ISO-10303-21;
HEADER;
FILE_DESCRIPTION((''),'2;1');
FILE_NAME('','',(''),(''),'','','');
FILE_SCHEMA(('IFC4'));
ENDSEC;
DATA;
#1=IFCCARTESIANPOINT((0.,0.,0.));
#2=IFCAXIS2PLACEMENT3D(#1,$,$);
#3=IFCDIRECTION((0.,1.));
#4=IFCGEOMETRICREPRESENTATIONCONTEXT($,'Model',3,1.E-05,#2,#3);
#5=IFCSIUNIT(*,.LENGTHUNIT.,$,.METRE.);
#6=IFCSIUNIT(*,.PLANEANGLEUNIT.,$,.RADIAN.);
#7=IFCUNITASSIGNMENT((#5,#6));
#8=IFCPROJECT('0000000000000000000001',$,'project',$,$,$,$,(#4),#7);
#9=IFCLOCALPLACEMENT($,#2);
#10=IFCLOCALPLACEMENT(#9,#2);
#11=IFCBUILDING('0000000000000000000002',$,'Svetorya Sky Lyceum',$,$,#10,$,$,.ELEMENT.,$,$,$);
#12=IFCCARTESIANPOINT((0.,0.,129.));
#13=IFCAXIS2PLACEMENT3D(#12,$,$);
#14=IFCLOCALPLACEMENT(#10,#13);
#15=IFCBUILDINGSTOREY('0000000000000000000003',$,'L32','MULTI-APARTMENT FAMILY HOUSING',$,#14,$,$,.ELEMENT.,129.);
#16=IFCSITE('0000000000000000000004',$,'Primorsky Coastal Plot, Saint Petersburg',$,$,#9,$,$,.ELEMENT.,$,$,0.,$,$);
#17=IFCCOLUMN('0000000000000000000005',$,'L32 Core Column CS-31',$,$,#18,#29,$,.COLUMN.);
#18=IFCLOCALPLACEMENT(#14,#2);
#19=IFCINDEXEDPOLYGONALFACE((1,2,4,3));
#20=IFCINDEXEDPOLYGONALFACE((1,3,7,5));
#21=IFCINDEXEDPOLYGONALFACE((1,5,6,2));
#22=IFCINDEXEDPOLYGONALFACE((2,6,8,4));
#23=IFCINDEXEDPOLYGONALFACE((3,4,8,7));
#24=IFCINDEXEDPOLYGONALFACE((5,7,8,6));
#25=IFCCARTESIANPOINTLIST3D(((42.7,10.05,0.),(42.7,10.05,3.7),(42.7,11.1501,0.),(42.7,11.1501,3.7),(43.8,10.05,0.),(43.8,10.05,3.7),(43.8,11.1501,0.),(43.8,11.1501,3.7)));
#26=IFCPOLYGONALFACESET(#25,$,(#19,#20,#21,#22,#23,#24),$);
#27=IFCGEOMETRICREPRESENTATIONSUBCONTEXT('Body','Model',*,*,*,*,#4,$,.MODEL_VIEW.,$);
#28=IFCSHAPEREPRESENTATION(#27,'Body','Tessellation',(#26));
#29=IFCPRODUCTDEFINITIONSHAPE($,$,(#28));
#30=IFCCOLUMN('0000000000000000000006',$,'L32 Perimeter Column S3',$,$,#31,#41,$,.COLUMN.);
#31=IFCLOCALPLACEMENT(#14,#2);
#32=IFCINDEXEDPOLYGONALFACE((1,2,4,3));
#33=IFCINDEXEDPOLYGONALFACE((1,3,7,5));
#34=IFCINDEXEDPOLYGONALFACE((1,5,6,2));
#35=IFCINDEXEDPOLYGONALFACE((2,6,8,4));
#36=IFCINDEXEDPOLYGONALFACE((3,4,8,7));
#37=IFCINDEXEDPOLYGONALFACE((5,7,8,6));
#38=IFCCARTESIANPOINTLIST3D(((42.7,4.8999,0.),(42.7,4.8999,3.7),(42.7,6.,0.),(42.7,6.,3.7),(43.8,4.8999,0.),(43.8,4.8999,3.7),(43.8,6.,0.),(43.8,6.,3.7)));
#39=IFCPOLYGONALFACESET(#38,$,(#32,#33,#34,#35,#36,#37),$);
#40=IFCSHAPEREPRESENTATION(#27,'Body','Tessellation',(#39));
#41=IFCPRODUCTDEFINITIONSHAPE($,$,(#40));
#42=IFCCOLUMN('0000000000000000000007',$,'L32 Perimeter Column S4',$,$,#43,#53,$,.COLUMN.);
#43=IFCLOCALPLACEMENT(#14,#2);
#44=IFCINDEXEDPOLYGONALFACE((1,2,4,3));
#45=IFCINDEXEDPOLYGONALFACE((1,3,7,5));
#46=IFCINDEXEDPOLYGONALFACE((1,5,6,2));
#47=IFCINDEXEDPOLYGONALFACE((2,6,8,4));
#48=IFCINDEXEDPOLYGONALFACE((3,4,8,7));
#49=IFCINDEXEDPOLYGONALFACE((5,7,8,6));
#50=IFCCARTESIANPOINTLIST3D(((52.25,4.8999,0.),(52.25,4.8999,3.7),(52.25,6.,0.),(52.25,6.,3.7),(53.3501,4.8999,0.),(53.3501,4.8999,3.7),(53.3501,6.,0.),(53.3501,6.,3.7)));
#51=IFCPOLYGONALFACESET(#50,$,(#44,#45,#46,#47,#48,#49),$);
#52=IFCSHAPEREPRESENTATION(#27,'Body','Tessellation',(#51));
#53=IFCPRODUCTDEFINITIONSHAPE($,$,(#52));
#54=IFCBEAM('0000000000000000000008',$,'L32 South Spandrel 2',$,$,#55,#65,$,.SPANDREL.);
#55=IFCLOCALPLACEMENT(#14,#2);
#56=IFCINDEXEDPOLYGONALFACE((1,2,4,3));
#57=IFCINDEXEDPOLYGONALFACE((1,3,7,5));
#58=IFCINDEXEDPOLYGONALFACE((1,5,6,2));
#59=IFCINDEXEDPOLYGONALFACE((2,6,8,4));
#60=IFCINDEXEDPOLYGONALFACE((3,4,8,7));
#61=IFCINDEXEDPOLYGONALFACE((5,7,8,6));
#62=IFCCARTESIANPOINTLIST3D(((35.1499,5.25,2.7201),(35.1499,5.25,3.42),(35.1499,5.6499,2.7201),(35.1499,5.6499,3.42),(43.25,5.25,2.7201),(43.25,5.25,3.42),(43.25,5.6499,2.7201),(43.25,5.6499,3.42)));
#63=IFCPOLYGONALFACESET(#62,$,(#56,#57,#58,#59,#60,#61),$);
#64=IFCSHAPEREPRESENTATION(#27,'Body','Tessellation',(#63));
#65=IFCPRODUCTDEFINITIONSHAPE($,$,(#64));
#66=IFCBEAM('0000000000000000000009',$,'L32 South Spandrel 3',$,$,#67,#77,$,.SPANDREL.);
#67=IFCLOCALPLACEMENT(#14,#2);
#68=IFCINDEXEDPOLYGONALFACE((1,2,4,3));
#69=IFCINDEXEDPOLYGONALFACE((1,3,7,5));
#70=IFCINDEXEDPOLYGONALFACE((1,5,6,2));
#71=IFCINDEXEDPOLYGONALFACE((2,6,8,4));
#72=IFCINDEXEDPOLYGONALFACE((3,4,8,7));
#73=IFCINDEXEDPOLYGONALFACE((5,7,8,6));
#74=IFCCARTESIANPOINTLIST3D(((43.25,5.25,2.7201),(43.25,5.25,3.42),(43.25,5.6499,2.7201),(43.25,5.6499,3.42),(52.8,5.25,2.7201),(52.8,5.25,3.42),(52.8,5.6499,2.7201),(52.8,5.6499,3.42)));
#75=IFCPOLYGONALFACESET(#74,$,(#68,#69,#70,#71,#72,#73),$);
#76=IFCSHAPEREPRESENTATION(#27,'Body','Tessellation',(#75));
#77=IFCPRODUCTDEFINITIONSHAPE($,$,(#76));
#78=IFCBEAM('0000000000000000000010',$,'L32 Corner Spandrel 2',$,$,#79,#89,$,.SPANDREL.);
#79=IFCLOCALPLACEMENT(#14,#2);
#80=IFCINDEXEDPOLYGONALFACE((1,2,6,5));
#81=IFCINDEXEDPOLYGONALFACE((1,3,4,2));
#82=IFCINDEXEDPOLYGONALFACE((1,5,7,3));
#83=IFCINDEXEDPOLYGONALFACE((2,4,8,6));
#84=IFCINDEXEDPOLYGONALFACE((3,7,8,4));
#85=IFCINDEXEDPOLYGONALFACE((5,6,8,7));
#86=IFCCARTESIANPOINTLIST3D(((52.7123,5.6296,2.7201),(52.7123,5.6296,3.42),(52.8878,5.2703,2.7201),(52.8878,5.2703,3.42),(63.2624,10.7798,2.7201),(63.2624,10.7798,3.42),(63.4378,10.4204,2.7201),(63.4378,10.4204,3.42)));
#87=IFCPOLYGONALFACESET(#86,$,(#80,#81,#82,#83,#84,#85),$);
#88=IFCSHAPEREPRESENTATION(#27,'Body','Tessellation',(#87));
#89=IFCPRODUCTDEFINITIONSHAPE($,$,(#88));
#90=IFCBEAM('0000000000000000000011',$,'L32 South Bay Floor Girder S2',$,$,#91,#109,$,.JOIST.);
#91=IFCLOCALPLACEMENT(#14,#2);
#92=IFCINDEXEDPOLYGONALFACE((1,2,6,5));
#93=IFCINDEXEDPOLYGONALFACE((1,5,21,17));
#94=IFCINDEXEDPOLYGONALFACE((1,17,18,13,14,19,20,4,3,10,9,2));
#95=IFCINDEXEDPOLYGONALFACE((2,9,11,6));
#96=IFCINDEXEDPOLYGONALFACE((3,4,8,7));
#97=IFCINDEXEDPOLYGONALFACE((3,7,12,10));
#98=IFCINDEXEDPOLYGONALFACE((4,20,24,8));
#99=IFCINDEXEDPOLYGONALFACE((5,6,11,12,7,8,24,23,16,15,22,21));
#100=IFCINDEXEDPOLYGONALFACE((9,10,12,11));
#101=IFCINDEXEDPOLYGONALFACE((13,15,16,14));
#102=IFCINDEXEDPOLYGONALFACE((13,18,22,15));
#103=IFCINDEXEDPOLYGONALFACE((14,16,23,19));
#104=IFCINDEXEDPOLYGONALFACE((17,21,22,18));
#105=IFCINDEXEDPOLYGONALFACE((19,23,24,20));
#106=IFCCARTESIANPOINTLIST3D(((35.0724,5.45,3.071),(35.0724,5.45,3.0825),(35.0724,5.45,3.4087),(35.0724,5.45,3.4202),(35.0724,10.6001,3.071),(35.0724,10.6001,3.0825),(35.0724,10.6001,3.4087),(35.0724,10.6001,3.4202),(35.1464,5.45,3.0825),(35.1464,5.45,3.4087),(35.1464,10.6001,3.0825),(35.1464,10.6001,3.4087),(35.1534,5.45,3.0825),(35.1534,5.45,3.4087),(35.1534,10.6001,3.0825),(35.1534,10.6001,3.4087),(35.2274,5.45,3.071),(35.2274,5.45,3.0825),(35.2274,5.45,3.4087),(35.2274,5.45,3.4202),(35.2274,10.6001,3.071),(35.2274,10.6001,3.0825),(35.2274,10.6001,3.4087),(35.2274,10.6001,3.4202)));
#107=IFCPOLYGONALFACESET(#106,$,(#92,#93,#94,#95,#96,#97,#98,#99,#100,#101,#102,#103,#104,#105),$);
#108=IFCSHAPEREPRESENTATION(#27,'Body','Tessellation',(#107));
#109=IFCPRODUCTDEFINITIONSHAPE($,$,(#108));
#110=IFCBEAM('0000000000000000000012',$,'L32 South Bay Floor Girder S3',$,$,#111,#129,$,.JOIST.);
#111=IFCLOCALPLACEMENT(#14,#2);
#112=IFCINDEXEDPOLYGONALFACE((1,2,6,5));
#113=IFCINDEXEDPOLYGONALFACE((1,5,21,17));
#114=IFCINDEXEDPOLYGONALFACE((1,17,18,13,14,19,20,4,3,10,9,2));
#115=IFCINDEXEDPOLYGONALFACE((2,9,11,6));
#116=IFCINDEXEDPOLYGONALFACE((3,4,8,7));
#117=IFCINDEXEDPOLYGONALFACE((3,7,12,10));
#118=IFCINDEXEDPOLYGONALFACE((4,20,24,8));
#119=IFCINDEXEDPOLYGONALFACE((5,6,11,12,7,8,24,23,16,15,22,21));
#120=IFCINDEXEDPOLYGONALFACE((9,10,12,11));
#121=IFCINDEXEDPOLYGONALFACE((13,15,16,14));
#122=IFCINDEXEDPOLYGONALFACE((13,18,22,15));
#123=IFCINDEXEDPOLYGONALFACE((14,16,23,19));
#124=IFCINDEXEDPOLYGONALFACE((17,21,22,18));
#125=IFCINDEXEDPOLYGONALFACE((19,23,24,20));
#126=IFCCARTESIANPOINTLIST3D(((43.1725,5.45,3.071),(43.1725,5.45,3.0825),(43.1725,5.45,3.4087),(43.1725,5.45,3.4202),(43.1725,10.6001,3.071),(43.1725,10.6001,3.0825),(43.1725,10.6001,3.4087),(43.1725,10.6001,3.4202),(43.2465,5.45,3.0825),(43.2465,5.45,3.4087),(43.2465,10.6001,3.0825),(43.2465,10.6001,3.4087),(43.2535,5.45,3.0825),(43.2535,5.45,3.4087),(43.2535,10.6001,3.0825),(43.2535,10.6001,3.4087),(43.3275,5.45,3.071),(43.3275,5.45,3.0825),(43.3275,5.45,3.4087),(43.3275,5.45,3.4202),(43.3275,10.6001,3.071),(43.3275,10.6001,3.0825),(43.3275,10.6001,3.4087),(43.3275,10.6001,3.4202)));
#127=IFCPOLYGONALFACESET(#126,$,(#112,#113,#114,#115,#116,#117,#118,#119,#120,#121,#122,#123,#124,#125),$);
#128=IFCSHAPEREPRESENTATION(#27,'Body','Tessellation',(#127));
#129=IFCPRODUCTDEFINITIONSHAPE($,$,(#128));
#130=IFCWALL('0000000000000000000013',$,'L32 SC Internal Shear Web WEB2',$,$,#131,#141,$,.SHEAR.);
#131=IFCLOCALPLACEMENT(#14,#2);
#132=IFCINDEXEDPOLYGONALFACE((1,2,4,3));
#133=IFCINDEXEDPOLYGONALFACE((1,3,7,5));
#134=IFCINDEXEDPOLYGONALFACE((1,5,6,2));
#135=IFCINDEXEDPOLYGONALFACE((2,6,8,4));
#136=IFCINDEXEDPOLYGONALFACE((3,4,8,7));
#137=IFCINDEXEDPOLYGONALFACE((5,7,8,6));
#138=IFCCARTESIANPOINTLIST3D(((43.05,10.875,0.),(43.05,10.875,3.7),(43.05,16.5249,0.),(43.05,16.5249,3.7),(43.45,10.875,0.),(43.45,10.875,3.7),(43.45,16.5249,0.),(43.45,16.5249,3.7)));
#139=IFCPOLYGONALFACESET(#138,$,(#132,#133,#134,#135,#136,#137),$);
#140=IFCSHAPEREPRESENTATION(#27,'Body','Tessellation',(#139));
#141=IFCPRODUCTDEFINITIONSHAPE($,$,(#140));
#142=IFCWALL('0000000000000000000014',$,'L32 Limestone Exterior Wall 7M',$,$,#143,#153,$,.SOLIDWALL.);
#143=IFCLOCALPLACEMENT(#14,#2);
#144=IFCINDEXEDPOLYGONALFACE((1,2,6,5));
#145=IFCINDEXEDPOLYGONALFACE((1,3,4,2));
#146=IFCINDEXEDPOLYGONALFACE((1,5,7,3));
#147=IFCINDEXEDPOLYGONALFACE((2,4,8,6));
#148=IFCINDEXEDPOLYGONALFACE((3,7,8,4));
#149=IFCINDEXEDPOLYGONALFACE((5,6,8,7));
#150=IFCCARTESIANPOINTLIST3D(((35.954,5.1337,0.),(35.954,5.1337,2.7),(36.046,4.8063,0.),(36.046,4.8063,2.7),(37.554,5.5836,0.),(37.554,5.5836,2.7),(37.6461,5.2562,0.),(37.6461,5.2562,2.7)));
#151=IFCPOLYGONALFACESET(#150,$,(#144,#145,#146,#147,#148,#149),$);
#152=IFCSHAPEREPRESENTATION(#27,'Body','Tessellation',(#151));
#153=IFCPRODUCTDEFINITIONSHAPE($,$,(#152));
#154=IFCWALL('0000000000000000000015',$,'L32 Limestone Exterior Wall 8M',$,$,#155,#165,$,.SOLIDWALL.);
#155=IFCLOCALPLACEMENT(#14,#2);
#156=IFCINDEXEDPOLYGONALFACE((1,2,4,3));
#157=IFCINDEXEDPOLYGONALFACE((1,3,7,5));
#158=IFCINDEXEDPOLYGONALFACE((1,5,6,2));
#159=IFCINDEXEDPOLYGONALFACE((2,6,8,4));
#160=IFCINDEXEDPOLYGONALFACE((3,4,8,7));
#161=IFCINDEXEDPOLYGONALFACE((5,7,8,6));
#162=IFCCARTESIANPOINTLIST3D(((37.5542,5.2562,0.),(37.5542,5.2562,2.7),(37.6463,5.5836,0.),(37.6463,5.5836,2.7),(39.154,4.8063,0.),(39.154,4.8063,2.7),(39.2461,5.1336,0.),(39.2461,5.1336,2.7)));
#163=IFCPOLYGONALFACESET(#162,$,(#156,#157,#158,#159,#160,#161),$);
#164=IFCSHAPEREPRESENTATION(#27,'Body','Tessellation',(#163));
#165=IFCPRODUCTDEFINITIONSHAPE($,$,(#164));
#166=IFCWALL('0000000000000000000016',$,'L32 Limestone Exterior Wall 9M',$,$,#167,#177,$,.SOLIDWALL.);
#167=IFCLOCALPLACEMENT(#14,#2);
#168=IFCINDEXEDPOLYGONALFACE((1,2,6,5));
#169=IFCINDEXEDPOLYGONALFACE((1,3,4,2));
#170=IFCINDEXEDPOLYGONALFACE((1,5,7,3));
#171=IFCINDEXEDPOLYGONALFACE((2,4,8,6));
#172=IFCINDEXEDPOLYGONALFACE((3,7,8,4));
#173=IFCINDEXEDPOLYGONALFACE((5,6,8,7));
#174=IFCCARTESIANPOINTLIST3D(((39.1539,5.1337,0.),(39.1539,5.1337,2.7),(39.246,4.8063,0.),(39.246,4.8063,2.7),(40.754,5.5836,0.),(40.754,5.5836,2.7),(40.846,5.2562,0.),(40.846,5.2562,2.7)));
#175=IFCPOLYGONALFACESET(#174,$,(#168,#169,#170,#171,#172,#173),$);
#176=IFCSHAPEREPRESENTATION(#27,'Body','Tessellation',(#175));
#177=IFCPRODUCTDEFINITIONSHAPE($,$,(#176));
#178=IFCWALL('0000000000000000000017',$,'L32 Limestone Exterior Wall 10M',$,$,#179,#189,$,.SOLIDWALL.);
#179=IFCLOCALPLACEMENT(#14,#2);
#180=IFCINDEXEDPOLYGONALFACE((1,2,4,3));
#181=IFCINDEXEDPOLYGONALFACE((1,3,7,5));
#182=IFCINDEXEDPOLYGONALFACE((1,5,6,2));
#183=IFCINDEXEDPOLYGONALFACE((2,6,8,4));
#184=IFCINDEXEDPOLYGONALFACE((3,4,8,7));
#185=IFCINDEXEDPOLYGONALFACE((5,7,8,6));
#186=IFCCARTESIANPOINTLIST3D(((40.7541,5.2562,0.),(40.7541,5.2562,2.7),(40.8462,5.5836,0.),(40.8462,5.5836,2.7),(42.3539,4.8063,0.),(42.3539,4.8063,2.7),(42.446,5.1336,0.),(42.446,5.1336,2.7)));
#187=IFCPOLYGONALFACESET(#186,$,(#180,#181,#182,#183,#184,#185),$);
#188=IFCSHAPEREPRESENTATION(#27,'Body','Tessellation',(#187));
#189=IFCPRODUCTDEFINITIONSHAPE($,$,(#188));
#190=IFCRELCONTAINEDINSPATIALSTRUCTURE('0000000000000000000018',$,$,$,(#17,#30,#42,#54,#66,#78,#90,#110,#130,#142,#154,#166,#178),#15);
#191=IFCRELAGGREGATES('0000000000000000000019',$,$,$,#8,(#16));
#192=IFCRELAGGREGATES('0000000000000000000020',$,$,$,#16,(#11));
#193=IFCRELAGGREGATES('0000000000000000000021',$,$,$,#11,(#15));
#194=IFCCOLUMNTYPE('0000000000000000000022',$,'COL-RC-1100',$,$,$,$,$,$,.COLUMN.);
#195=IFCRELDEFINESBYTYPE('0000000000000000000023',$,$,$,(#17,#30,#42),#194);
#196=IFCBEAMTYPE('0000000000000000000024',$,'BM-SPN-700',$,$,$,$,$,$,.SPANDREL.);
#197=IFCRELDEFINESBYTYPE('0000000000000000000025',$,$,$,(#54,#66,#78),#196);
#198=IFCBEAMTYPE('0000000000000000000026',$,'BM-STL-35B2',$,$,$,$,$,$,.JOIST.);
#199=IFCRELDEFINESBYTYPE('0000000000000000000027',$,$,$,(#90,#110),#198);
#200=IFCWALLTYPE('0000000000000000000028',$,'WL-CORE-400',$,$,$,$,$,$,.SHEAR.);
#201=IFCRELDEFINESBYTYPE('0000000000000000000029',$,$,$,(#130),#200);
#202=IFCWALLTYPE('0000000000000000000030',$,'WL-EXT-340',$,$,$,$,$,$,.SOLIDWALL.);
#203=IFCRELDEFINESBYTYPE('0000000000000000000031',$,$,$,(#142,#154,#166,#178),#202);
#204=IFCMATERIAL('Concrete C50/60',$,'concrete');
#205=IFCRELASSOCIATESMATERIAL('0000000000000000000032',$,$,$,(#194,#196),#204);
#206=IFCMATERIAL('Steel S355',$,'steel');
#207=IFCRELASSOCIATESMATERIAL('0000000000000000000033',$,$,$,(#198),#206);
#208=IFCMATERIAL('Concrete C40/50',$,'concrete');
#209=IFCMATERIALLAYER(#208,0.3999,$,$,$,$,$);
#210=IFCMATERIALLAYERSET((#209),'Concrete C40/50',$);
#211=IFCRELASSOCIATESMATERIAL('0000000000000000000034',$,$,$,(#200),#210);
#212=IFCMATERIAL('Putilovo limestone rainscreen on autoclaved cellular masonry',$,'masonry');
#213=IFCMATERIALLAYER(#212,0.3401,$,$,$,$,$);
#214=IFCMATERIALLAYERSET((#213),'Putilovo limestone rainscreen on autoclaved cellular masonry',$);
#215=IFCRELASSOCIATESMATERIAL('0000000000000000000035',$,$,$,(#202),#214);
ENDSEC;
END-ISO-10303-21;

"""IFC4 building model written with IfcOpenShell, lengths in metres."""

from ifc_helpers import new_model, si_unit, direction, frame, frame_2d, origin, origin_2d, place, context, subcontext, project, spatial, rectangle, i_section, extrude, material, layer, layer_set, material_profile, profile_set, type_object, element, save


model = new_model("IFC4")

# Units and contexts
model_context = context("Model", 3, precision=1e-05, world=origin(), true_north=direction((0.0, 1.0)))
body_context = subcontext(model_context, "Body", "Model", "MODEL_VIEW")
ifc_project = project(units=[si_unit("LENGTHUNIT", "METRE"), si_unit("PLANEANGLEUNIT", "RADIAN")], contexts=[model_context])

# Site, building, storey
site_placement = place(None, origin())
site = spatial("IfcSite", under=ifc_project, at=site_placement, Name="Primorsky Coastal Plot, Saint Petersburg", CompositionType="ELEMENT", RefElevation=0.0)
building_placement = place(site_placement, origin())
building = spatial("IfcBuilding", under=site, at=building_placement, Name="Svetorya Sky Lyceum", CompositionType="ELEMENT")
storey_placement = place(building_placement, frame((0.0, 0.0, 129.0)))
storey = spatial("IfcBuildingStorey", under=building, at=storey_placement, Name="L32", Description="MULTI-APARTMENT FAMILY HOUSING", CompositionType="ELEMENT", Elevation=129.0)

# Columns
ifc_material_1 = material(Name="Concrete C50/60", Category="concrete")
ifc_material_profile_1 = material_profile(ifc_material_1, rectangle(XDim=1.1001, YDim=1.1001, at=origin_2d()), Name="RC COL 1100x1100")
ifc_profile_set_1 = profile_set([ifc_material_profile_1], Name="Concrete C50/60")
column_type = type_object("IfcColumnType", Name="COL-RC-1100", PredefinedType="COLUMN", material=ifc_profile_set_1)
for number, where, z_axis, x_axis, name in (
    (1, (43.25, 10.6001, 0.0), (0.0, 0.0, 1.0), (1.0, 0.0, 0.0), "L32 Core Column CS-31"),
    (2, (43.25, 5.45, 0.0), (0.0, 0.0, 1.0), (1.0, 0.0, 0.0), "L32 Perimeter Column S3"),
    (3, (52.8, 5.45, 0.0), (0.0, 0.0, 1.0), (1.0, 0.0, 0.0), "L32 Perimeter Column S4"),
):
    element("IfcColumn", number, at=place(storey_placement, frame(where, z_axis=z_axis, x_axis=x_axis)), inside=storey, type_object=column_type, Name=name, PredefinedType="COLUMN", context=body_context, shape_type="SweptSolid", body=[
        extrude(rectangle(XDim=1.1001, YDim=1.1001, at=origin_2d()), origin(), (0.0, 0.0, 1.0), 3.7),
    ])

# Beams
ifc_material_profile_2 = material_profile(ifc_material_1, rectangle(XDim=0.3999, YDim=0.7, at=origin_2d()), Name="RC SPANDREL 400x700")
ifc_profile_set_2 = profile_set([ifc_material_profile_2], Name="Concrete C50/60")
beam_type_1 = type_object("IfcBeamType", Name="BM-SPN-700", PredefinedType="SPANDREL", material=ifc_profile_set_2)
beam_1_placement = place(storey_placement, frame((35.1499, 5.45, 3.0701), z_axis=(1.0, 0.0, 0.0), x_axis=(0.0, 1.0, 0.0)))
element("IfcBeam", 4, at=beam_1_placement, inside=storey, type_object=beam_type_1, Name="L32 South Spandrel 2", PredefinedType="SPANDREL", context=body_context, shape_type="SweptSolid", body=[
    extrude(rectangle(XDim=0.3999, YDim=0.7, at=origin_2d()), origin(), (0.0, 0.0, 1.0), 8.1001),
])
beam_2_placement = place(storey_placement, frame((43.25, 5.45, 3.0701), z_axis=(1.0, 0.0, 0.0), x_axis=(0.0, 1.0, 0.0)))
element("IfcBeam", 5, at=beam_2_placement, inside=storey, type_object=beam_type_1, Name="L32 South Spandrel 3", PredefinedType="SPANDREL", context=body_context, shape_type="SweptSolid", body=[
    extrude(rectangle(XDim=0.3999, YDim=0.7, at=origin_2d()), origin(), (0.0, 0.0, 1.0), 9.55),
])
beam_3_placement = place(storey_placement, frame((52.8, 5.45, 3.0701), z_axis=(0.898641, 0.438684, 0.0), x_axis=(-0.438684, 0.898641, 0.0)))
element("IfcBeam", 6, at=beam_3_placement, inside=storey, type_object=beam_type_1, Name="L32 Corner Spandrel 2", PredefinedType="SPANDREL", context=body_context, shape_type="SweptSolid", body=[
    extrude(rectangle(XDim=0.3999, YDim=0.7, at=origin_2d()), origin(), (0.0, 0.0, 1.0), 11.74),
])
ifc_material_2 = material(Name="Steel S355", Category="steel")
ifc_material_profile_3 = material_profile(ifc_material_2, i_section(OverallWidth=0.155, OverallDepth=0.3491, WebThickness=0.0071, FlangeThickness=0.0115, at=origin_2d()), Name="GOST 35B2")
ifc_profile_set_3 = profile_set([ifc_material_profile_3], Name="Steel S355")
beam_type_2 = type_object("IfcBeamType", Name="BM-STL-35B2", PredefinedType="JOIST", material=ifc_profile_set_3)
for number, where, z_axis, x_axis, name in (
    (7, (35.1499, 5.45, 3.2456), (0.0, 1.0, 0.0), (-1.0, 0.0, 0.0), "L32 South Bay Floor Girder S2"),
    (8, (43.25, 5.45, 3.2456), (0.0, 1.0, 0.0), (-1.0, 0.0, 0.0), "L32 South Bay Floor Girder S3"),
):
    element("IfcBeam", number, at=place(storey_placement, frame(where, z_axis=z_axis, x_axis=x_axis)), inside=storey, type_object=beam_type_2, Name=name, PredefinedType="JOIST", context=body_context, shape_type="SweptSolid", body=[
        extrude(i_section(OverallWidth=0.155, OverallDepth=0.3491, WebThickness=0.0071, FlangeThickness=0.0115, at=origin_2d()), origin(), (0.0, 0.0, 1.0), 5.1501),
    ])

# Walls
ifc_material_3 = material(Name="Concrete C40/50", Category="concrete")
ifc_layer_1 = layer(ifc_material_3, 0.3999)
ifc_layer_set_1 = layer_set([ifc_layer_1], Name="Concrete C40/50")
wall_type_1 = type_object("IfcWallType", Name="WL-CORE-400", PredefinedType="SHEAR", material=ifc_layer_set_1)
wall_1_placement = place(storey_placement, frame((43.25, 10.875, 0.0), z_axis=(0.0, 0.0, 1.0), x_axis=(0.0, 1.0, 0.0)))
element("IfcWall", 9, at=wall_1_placement, inside=storey, type_object=wall_type_1, Name="L32 SC Internal Shear Web WEB2", PredefinedType="SHEAR", context=body_context, shape_type="SweptSolid", body=[
    extrude(rectangle(XDim=5.6499, YDim=0.3999, at=frame_2d((2.825, 0.0))), origin(), (0.0, 0.0, 1.0), 3.7),
])
ifc_material_4 = material(Name="Putilovo limestone rainscreen on autoclaved cellular masonry", Category="masonry")
ifc_layer_2 = layer(ifc_material_4, 0.3401)
ifc_layer_set_2 = layer_set([ifc_layer_2], Name="Putilovo limestone rainscreen on autoclaved cellular masonry")
wall_type_2 = type_object("IfcWallType", Name="WL-EXT-340", PredefinedType="SOLIDWALL", material=ifc_layer_set_2)
wall_2_placement = place(storey_placement, frame((36.0, 4.97, 0.0), z_axis=(0.0, 0.0, 1.0), x_axis=(0.962663, 0.270703, 0.0)))
element("IfcWall", 10, at=wall_2_placement, inside=storey, type_object=wall_type_2, Name="L32 Limestone Exterior Wall 7M", PredefinedType="SOLIDWALL", context=body_context, shape_type="SweptSolid", body=[
    extrude(rectangle(XDim=1.6621, YDim=0.3401, at=frame_2d((0.8311, 0.0))), origin(), (0.0, 0.0, 1.0), 2.7),
])
wall_3_placement = place(storey_placement, frame((37.6001, 5.4199, 0.0), z_axis=(0.0, 0.0, 1.0), x_axis=(0.962652, -0.270741, 0.0)))
element("IfcWall", 11, at=wall_3_placement, inside=storey, type_object=wall_type_2, Name="L32 Limestone Exterior Wall 8M", PredefinedType="SOLIDWALL", context=body_context, shape_type="SweptSolid", body=[
    extrude(rectangle(XDim=1.6619, YDim=0.3401, at=frame_2d((0.8311, 0.0))), origin(), (0.0, 0.0, 1.0), 2.7),
])
wall_4_placement = place(storey_placement, frame((39.2, 4.97, 0.0), z_axis=(0.0, 0.0, 1.0), x_axis=(0.962663, 0.270703, 0.0)))
element("IfcWall", 12, at=wall_4_placement, inside=storey, type_object=wall_type_2, Name="L32 Limestone Exterior Wall 9M", PredefinedType="SOLIDWALL", context=body_context, shape_type="SweptSolid", body=[
    extrude(rectangle(XDim=1.6621, YDim=0.3401, at=frame_2d((0.8311, 0.0))), origin(), (0.0, 0.0, 1.0), 2.7),
])
wall_5_placement = place(storey_placement, frame((40.8, 5.4199, 0.0), z_axis=(0.0, 0.0, 1.0), x_axis=(0.962652, -0.270741, 0.0)))
element("IfcWall", 13, at=wall_5_placement, inside=storey, type_object=wall_type_2, Name="L32 Limestone Exterior Wall 10M", PredefinedType="SOLIDWALL", context=body_context, shape_type="SweptSolid", body=[
    extrude(rectangle(XDim=1.6619, YDim=0.3401, at=frame_2d((0.8311, 0.0))), origin(), (0.0, 0.0, 1.0), 2.7),
])

save(model, "model.ifc")
